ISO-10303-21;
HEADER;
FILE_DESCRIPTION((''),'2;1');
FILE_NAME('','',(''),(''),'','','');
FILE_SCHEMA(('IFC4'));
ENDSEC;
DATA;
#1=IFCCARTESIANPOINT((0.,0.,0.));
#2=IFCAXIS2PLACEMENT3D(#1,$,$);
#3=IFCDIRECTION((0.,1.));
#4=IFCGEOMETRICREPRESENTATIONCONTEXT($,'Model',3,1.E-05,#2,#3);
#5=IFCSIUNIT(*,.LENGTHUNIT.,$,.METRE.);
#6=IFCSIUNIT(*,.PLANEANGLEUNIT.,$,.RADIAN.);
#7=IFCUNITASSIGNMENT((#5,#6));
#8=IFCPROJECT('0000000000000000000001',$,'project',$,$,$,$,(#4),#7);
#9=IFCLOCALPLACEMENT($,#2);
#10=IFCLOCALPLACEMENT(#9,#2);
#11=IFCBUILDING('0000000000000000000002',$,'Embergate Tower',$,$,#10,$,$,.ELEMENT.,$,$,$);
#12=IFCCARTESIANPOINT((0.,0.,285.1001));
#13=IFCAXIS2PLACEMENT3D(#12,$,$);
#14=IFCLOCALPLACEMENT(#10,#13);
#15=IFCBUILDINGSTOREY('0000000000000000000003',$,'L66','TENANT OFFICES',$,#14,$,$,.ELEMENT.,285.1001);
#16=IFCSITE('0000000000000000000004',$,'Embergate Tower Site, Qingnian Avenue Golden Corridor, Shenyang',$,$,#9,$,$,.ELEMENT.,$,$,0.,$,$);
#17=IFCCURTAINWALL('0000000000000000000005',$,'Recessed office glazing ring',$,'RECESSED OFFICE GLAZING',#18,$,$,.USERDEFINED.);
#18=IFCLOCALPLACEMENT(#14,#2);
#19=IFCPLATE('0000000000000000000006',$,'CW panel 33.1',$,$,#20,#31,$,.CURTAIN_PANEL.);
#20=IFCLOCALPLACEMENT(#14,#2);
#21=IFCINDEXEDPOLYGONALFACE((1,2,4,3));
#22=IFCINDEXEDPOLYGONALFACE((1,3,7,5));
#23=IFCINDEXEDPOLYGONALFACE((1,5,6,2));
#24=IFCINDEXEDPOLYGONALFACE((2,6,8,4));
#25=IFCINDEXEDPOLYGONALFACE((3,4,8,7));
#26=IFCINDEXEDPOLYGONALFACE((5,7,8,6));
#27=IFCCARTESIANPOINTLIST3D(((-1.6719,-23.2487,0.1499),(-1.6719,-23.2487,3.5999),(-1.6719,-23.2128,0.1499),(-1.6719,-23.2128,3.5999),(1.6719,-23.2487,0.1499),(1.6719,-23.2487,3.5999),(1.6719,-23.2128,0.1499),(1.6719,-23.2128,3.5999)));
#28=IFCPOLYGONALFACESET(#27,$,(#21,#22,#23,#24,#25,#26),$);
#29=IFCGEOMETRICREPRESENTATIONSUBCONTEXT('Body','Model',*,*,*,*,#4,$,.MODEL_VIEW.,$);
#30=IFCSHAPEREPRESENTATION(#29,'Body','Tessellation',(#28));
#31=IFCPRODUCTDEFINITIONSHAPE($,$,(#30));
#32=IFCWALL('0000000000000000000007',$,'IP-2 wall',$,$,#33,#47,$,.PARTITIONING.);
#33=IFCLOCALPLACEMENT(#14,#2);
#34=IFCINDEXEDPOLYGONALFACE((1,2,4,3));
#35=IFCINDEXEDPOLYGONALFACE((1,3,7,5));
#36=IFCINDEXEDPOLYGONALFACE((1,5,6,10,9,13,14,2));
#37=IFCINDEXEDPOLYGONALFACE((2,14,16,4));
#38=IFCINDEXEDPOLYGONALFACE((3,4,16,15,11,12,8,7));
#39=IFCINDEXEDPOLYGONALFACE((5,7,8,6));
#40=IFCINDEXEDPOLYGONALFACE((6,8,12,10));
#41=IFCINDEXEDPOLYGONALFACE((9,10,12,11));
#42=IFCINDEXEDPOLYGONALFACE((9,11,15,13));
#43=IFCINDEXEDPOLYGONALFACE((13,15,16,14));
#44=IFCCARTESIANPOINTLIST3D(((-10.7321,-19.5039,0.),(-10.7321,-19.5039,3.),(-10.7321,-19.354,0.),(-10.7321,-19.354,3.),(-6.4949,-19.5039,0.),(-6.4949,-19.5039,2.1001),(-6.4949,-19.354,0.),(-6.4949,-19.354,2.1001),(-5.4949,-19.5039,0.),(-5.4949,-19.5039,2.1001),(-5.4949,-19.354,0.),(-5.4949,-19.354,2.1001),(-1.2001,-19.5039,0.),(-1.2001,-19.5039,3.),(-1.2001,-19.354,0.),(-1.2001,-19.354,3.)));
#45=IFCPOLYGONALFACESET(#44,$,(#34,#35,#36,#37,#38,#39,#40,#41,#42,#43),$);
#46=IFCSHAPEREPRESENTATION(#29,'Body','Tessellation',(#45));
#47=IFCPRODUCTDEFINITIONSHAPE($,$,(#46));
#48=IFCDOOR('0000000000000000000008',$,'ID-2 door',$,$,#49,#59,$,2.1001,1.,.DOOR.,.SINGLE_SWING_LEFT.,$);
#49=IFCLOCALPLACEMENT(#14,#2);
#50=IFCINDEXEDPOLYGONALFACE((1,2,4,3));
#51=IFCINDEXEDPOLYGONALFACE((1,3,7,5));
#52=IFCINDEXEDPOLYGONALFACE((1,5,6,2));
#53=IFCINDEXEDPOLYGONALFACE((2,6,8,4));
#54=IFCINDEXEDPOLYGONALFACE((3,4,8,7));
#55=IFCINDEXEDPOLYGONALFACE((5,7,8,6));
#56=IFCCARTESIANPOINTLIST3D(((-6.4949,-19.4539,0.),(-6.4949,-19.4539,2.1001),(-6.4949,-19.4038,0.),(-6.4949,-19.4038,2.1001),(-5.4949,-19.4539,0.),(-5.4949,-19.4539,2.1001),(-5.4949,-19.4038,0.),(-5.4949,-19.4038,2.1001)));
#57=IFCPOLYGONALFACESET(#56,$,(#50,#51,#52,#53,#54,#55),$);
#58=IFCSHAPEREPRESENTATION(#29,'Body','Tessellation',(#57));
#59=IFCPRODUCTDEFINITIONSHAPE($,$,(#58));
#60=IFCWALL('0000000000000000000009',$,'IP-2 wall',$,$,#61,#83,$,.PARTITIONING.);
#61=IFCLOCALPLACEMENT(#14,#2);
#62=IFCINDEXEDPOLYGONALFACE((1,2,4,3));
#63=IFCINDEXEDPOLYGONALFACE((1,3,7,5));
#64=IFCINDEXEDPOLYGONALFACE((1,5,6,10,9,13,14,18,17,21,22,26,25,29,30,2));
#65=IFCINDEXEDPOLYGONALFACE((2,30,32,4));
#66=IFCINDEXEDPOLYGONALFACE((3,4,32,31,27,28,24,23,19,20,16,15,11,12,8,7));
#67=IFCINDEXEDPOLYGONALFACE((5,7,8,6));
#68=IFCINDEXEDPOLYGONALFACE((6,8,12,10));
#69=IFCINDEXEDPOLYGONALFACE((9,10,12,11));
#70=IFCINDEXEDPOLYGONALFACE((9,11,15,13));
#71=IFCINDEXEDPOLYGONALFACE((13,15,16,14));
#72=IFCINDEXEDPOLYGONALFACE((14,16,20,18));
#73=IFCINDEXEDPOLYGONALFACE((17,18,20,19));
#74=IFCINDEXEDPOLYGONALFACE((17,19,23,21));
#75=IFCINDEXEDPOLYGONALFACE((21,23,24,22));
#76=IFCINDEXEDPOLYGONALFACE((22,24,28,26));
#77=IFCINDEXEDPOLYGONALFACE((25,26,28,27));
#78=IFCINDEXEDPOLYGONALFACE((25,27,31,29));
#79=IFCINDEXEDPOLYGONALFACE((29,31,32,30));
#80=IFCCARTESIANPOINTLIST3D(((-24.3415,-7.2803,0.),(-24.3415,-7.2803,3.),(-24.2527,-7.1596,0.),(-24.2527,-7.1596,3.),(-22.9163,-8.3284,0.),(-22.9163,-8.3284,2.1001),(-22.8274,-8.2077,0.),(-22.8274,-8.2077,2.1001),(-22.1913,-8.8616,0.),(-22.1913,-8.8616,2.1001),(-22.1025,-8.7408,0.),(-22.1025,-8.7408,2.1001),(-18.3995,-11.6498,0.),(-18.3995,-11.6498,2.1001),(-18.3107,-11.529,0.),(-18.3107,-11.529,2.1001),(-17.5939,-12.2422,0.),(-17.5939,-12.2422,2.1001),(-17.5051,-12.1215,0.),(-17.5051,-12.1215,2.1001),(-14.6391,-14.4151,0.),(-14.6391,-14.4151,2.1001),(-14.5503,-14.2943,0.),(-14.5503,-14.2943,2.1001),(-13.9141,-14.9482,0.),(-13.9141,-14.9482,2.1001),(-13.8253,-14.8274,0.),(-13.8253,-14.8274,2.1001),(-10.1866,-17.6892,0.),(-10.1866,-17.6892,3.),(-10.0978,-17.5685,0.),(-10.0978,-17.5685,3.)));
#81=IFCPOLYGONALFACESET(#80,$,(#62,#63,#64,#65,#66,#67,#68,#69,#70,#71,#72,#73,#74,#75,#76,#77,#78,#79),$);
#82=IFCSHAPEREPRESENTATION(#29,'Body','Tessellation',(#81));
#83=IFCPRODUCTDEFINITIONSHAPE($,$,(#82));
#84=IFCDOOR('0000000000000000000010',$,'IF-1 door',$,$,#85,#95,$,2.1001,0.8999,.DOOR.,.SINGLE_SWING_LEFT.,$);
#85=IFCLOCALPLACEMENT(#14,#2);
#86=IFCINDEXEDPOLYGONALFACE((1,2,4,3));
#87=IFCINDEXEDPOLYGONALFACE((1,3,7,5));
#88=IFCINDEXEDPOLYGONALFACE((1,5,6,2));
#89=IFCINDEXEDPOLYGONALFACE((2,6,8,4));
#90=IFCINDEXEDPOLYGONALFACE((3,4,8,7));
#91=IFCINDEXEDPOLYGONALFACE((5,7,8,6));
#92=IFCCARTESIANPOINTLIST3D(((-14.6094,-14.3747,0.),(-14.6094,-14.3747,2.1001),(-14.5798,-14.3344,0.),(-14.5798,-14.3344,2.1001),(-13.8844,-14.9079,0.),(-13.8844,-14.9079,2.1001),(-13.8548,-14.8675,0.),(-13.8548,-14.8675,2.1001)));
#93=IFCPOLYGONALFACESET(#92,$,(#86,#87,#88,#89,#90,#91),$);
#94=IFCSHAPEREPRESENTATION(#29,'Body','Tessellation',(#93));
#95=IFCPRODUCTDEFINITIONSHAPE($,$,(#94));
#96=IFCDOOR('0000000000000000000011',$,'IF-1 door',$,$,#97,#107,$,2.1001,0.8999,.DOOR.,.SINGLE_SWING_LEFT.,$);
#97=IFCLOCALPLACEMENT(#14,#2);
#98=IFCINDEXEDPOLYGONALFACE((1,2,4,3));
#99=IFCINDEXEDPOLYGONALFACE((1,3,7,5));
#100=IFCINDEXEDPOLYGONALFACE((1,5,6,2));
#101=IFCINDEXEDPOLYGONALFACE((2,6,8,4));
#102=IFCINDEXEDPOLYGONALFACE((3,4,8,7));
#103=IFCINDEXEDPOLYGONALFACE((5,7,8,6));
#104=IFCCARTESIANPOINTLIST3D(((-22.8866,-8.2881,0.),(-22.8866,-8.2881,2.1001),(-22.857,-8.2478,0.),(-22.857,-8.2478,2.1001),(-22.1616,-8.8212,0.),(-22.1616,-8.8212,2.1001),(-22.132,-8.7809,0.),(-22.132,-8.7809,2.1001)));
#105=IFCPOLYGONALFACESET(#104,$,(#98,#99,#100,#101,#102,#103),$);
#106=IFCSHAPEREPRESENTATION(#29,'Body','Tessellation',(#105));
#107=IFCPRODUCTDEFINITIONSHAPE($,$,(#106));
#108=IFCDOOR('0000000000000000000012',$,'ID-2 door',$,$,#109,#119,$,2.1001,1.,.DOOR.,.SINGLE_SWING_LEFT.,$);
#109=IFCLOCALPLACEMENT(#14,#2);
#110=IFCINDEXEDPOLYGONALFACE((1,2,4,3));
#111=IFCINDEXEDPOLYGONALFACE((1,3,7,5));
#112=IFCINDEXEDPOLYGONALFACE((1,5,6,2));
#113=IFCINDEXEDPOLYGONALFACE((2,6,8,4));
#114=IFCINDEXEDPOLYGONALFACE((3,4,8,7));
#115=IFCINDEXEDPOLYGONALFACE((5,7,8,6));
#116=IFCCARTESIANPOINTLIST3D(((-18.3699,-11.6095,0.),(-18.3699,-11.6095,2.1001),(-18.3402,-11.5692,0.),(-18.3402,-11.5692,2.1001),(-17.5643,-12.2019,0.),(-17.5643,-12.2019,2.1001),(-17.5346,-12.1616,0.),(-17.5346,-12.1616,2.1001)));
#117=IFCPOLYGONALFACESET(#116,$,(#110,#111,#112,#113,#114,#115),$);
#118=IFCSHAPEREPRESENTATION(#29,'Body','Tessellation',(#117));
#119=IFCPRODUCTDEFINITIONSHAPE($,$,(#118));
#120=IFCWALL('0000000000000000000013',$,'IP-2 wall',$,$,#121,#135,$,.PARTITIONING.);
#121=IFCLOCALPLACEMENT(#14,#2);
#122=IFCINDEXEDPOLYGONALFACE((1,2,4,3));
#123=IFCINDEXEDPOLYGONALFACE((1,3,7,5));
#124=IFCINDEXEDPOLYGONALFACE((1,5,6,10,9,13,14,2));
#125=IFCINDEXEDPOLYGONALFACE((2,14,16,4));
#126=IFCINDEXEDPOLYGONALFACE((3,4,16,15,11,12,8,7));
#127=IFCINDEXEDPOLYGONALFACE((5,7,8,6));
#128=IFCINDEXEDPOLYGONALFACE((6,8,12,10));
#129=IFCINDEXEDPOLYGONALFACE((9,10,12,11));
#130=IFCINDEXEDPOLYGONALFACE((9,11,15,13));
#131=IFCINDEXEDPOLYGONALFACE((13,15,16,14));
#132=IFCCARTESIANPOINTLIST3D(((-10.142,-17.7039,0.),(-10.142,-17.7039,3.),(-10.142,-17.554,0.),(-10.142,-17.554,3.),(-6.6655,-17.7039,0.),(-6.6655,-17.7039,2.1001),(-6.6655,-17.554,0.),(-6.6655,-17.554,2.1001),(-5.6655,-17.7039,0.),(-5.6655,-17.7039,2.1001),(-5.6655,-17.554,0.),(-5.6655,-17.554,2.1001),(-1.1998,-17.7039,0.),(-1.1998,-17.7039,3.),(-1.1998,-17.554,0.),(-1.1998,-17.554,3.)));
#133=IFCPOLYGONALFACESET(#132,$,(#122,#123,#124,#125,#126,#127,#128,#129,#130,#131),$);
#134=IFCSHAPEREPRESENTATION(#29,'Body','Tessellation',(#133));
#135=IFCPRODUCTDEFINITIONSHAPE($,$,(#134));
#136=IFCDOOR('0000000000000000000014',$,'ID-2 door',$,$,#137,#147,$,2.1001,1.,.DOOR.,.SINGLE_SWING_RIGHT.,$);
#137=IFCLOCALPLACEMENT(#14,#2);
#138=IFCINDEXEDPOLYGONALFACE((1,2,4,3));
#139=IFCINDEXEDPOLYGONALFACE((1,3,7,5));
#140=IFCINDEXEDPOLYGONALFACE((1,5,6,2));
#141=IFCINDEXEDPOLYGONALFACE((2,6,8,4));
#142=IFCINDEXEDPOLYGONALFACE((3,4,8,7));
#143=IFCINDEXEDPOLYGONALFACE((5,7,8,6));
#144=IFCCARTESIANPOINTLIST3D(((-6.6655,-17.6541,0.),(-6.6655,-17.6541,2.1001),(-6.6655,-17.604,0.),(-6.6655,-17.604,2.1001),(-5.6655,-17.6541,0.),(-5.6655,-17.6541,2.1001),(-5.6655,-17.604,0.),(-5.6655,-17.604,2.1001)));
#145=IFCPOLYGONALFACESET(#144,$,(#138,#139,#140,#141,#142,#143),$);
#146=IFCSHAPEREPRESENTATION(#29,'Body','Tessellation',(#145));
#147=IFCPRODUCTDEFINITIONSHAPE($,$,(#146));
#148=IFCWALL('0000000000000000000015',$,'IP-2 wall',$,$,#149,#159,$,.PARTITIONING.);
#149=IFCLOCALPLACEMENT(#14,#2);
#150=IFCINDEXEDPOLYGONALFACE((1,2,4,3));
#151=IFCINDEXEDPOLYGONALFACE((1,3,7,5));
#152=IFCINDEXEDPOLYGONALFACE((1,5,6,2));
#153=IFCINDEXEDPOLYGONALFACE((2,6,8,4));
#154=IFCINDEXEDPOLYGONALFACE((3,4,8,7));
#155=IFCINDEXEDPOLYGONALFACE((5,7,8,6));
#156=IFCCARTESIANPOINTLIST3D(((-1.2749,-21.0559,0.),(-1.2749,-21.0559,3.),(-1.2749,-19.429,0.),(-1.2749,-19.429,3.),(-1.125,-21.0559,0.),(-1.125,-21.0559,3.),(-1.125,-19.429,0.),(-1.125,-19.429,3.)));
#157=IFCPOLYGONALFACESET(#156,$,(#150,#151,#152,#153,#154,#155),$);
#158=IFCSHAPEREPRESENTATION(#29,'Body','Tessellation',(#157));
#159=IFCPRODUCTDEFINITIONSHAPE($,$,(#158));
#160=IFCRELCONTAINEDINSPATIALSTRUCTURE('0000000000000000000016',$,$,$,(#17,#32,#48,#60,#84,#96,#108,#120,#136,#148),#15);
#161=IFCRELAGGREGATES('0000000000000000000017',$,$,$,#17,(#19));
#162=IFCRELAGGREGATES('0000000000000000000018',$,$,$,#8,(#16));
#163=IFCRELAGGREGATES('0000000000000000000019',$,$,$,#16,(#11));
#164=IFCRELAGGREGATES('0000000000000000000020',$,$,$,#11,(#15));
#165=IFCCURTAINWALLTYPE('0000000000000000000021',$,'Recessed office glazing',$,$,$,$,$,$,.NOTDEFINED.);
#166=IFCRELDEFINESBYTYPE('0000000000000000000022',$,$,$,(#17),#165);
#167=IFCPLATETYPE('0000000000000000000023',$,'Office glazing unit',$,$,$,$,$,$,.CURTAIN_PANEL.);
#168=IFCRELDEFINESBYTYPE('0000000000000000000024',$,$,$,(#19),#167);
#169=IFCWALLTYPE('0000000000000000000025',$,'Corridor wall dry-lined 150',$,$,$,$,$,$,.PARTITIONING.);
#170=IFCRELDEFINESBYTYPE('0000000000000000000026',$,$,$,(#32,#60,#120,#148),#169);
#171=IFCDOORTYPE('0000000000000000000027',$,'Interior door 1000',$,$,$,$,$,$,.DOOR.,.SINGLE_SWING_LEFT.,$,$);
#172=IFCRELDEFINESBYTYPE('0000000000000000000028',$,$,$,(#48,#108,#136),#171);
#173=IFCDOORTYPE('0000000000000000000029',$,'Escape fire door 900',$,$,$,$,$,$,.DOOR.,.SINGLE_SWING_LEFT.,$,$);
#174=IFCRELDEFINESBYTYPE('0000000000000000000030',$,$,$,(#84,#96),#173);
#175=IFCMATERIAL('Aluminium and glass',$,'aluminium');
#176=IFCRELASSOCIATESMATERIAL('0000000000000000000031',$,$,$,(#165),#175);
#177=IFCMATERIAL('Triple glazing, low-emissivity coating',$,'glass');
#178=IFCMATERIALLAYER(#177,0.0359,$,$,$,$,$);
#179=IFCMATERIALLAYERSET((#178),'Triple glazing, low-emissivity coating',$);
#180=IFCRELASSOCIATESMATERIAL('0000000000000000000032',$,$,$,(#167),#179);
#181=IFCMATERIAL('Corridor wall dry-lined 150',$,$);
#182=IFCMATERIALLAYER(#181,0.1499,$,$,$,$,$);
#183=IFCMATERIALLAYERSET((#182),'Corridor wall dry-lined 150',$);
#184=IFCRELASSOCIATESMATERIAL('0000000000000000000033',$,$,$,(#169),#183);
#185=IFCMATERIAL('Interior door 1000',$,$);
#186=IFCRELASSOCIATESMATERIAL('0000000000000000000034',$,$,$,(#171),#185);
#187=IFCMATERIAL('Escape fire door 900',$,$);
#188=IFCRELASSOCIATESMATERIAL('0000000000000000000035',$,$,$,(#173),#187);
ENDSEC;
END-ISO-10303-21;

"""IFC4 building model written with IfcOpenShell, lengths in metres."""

from ifc_helpers import new_model, si_unit, direction, frame, frame_2d, origin, origin_2d, place, context, subcontext, project, spatial, rectangle, extrude, source, transform, mapped, material, layer, layer_set, type_object, element, fill, aggregate, save


model = new_model("IFC4")

# Units and contexts
model_context = context("Model", 3, precision=1e-05, world=origin(), true_north=direction((0.0, 1.0)))
body_context = subcontext(model_context, "Body", "Model", "MODEL_VIEW")
ifc_project = project(units=[si_unit("LENGTHUNIT", "METRE"), si_unit("PLANEANGLEUNIT", "RADIAN")], contexts=[model_context])

# Site, building, storey
site_placement = place(None, origin())
site = spatial("IfcSite", under=ifc_project, at=site_placement, Name="Embergate Tower Site, Qingnian Avenue Golden Corridor, Shenyang", CompositionType="ELEMENT", RefElevation=0.0)
building_placement = place(site_placement, origin())
building = spatial("IfcBuilding", under=site, at=building_placement, Name="Embergate Tower", CompositionType="ELEMENT")
storey_placement = place(building_placement, frame((0.0, 0.0, 285.1001)))
storey = spatial("IfcBuildingStorey", under=building, at=storey_placement, Name="L66", Description="TENANT OFFICES", CompositionType="ELEMENT", Elevation=285.1001)

# Curtain wall
ifc_material_1 = material(Name="Aluminium and glass", Category="aluminium")
curtain_wall_type = type_object("IfcCurtainWallType", Name="Recessed office glazing", PredefinedType="NOTDEFINED", material=ifc_material_1)
curtain_wall_placement = place(storey_placement, origin())
curtain_wall = element("IfcCurtainWall", 1, at=curtain_wall_placement, inside=storey, type_object=curtain_wall_type, Name="Recessed office glazing ring", ObjectType="RECESSED OFFICE GLAZING", PredefinedType="USERDEFINED")

# Plate
ifc_material_2 = material(Name="Triple glazing, low-emissivity coating", Category="glass")
ifc_layer_1 = layer(ifc_material_2, 0.0359)
ifc_layer_set_1 = layer_set([ifc_layer_1], Name="Triple glazing, low-emissivity coating")
plate_type = type_object("IfcPlateType", Name="Office glazing unit", PredefinedType="CURTAIN_PANEL", material=ifc_layer_set_1)
shared_shape_1 = source(origin(), body_context, "Body", "SweptSolid", [
    extrude(rectangle(XDim=3.3438, YDim=0.0359, at=origin_2d()), origin(), (0.0, 0.0, 1.0), 3.45),
])
plate_1_placement = place(storey_placement, frame((0.0, -23.2307, 0.1499), z_axis=(0.0, 0.0, 1.0), x_axis=(1.0, 0.0, 0.0)))
plate_1 = element("IfcPlate", 2, at=plate_1_placement, type_object=plate_type, Name="CW panel 33.1", PredefinedType="CURTAIN_PANEL", context=body_context, shape_type="MappedRepresentation", body=[
    mapped(shared_shape_1, transform((0.0, 0.0, 0.0))),
])
aggregate(curtain_wall, [plate_1])

# Wall, opening, door
ifc_material_3 = material(Name="Corridor wall dry-lined 150")
ifc_layer_2 = layer(ifc_material_3, 0.1499)
ifc_layer_set_2 = layer_set([ifc_layer_2], Name="Corridor wall dry-lined 150")
wall_type_1 = type_object("IfcWallType", Name="Corridor wall dry-lined 150", PredefinedType="PARTITIONING", material=ifc_layer_set_2)
shared_shape_2 = source(origin(), body_context, "Body", "SweptSolid", [
    extrude(rectangle(XDim=9.532, YDim=0.1499, at=frame_2d((4.7661, 0.0))), origin(), (0.0, 0.0, 1.0), 3.0),
])
wall_1_placement = place(storey_placement, frame((-1.2, -19.429, 0.0), z_axis=(0.0, 0.0, 1.0), x_axis=(-1.0, 0.0, 0.0)))
wall_1 = element("IfcWall", 3, at=wall_1_placement, inside=storey, type_object=wall_type_1, Name="IP-2 wall", PredefinedType="PARTITIONING", context=body_context, shape_type="MappedRepresentation", body=[
    mapped(shared_shape_2, transform((0.0, 0.0, 0.0))),
])
shared_shape_3 = source(origin(), body_context, "Body", "SweptSolid", [
    extrude(rectangle(XDim=1.0, YDim=2.1001, at=frame_2d((0.5, 1.05))), frame((0.0, 0.085, 0.0), z_axis=(0.0, -1.0, 0.0), x_axis=(1.0, 0.0, 0.0)), (0.0, 0.0, 1.0), 0.1699),
])
opening_1_placement = place(wall_1_placement, frame((4.2949, 0.0, 0.0)))
opening_1 = element("IfcOpeningElement", 4, at=opening_1_placement, cuts=wall_1, PredefinedType="OPENING", context=body_context, shape_type="MappedRepresentation", body=[
    mapped(shared_shape_3, transform((0.0, 0.0, 0.0))),
])
ifc_material_4 = material(Name="Interior door 1000")
door_type_1 = type_object("IfcDoorType", Name="Interior door 1000", OperationType="SINGLE_SWING_LEFT", PredefinedType="DOOR", material=ifc_material_4)
shared_shape_4 = source(origin(), body_context, "Body", "SweptSolid", [
    extrude(rectangle(XDim=1.0, YDim=2.1001, at=frame_2d((0.5, 1.05))), frame((0.0, 0.0249, 0.0), z_axis=(0.0, -1.0, 0.0), x_axis=(1.0, 0.0, 0.0)), (0.0, 0.0, 1.0), 0.05),
])
door_1_placement = place(opening_1_placement, origin())
door_1 = element("IfcDoor", 5, at=door_1_placement, inside=storey, type_object=door_type_1, Name="ID-2 door", OperationType="SINGLE_SWING_LEFT", OverallHeight=2.1001, OverallWidth=1.0, PredefinedType="DOOR", context=body_context, shape_type="MappedRepresentation", body=[
    mapped(shared_shape_4, transform((0.0, 0.0, 0.0))),
])
fill(opening_1, door_1)

# Wall, openings, doors
shared_shape_5 = source(origin(), body_context, "Body", "SweptSolid", [
    extrude(rectangle(XDim=17.5701, YDim=0.1499, at=frame_2d((8.7852, 0.0))), origin(), (0.0, 0.0, 1.0), 3.0),
])
wall_2_placement = place(storey_placement, frame((-10.1421, -17.6289, 0.0), z_axis=(0.0, 0.0, 1.0), x_axis=(-0.805629, 0.592421, 0.0)))
wall_2 = element("IfcWall", 6, at=wall_2_placement, inside=storey, type_object=wall_type_1, Name="IP-2 wall", PredefinedType="PARTITIONING", context=body_context, shape_type="MappedRepresentation", body=[
    mapped(shared_shape_5, transform((0.0, 0.0, 0.0))),
])
opening_2_placement = place(wall_2_placement, frame((9.1946, 0.0, 0.0)))
opening_2 = element("IfcOpeningElement", 7, at=opening_2_placement, cuts=wall_2, PredefinedType="OPENING", context=body_context, shape_type="MappedRepresentation", body=[
    mapped(shared_shape_3, transform((0.0, 0.0, 0.0))),
])
shared_shape_6 = source(origin(), body_context, "Body", "SweptSolid", [
    extrude(rectangle(XDim=0.8999, YDim=2.1001, at=frame_2d((0.45, 1.05))), frame((0.0, 0.085, 0.0), z_axis=(0.0, -1.0, 0.0), x_axis=(1.0, 0.0, 0.0)), (0.0, 0.0, 1.0), 0.1699),
])
opening_3_placement = place(wall_2_placement, frame((4.627, 0.0, 0.0)))
opening_3 = element("IfcOpeningElement", 8, at=opening_3_placement, cuts=wall_2, PredefinedType="OPENING", context=body_context, shape_type="MappedRepresentation", body=[
    mapped(shared_shape_6, transform((0.0, 0.0, 0.0))),
])
opening_4_placement = place(wall_2_placement, frame((14.9011, 0.0, 0.0)))
opening_4 = element("IfcOpeningElement", 9, at=opening_4_placement, cuts=wall_2, PredefinedType="OPENING", context=body_context, shape_type="MappedRepresentation", body=[
    mapped(shared_shape_6, transform((0.0, 0.0, 0.0))),
])
ifc_material_5 = material(Name="Escape fire door 900")
door_type_2 = type_object("IfcDoorType", Name="Escape fire door 900", OperationType="SINGLE_SWING_LEFT", PredefinedType="DOOR", material=ifc_material_5)
shared_shape_7 = source(origin(), body_context, "Body", "SweptSolid", [
    extrude(rectangle(XDim=0.8999, YDim=2.1001, at=frame_2d((0.45, 1.05))), frame((0.0, 0.0249, 0.0), z_axis=(0.0, -1.0, 0.0), x_axis=(1.0, 0.0, 0.0)), (0.0, 0.0, 1.0), 0.05),
])
door_2_placement = place(opening_3_placement, origin())
door_2 = element("IfcDoor", 10, at=door_2_placement, inside=storey, type_object=door_type_2, Name="IF-1 door", OperationType="SINGLE_SWING_LEFT", OverallHeight=2.1001, OverallWidth=0.8999, PredefinedType="DOOR", context=body_context, shape_type="MappedRepresentation", body=[
    mapped(shared_shape_7, transform((0.0, 0.0, 0.0))),
])
fill(opening_3, door_2)
door_3_placement = place(opening_4_placement, origin())
door_3 = element("IfcDoor", 11, at=door_3_placement, inside=storey, type_object=door_type_2, Name="IF-1 door", OperationType="SINGLE_SWING_LEFT", OverallHeight=2.1001, OverallWidth=0.8999, PredefinedType="DOOR", context=body_context, shape_type="MappedRepresentation", body=[
    mapped(shared_shape_7, transform((0.0, 0.0, 0.0))),
])
fill(opening_4, door_3)
door_4_placement = place(opening_2_placement, origin())
door_4 = element("IfcDoor", 12, at=door_4_placement, inside=storey, type_object=door_type_1, Name="ID-2 door", OperationType="SINGLE_SWING_LEFT", OverallHeight=2.1001, OverallWidth=1.0, PredefinedType="DOOR", context=body_context, shape_type="MappedRepresentation", body=[
    mapped(shared_shape_4, transform((0.0, 0.0, 0.0))),
])
fill(opening_2, door_4)

# Wall, opening, door
shared_shape_8 = source(origin(), body_context, "Body", "SweptSolid", [
    extrude(rectangle(XDim=8.9421, YDim=0.1499, at=frame_2d((4.4712, 0.0))), origin(), (0.0, 0.0, 1.0), 3.0),
])
wall_3_placement = place(storey_placement, frame((-10.1421, -17.6289, 0.0), z_axis=(0.0, 0.0, 1.0), x_axis=(1.0, 0.0, 0.0)))
wall_3 = element("IfcWall", 13, at=wall_3_placement, inside=storey, type_object=wall_type_1, Name="IP-2 wall", PredefinedType="PARTITIONING", context=body_context, shape_type="MappedRepresentation", body=[
    mapped(shared_shape_8, transform((0.0, 0.0, 0.0))),
])
opening_5_placement = place(wall_3_placement, frame((3.4766, 0.0, 0.0)))
opening_5 = element("IfcOpeningElement", 14, at=opening_5_placement, cuts=wall_3, PredefinedType="OPENING", context=body_context, shape_type="MappedRepresentation", body=[
    mapped(shared_shape_3, transform((0.0, 0.0, 0.0))),
])
door_5_placement = place(opening_5_placement, origin())
door_5 = element("IfcDoor", 15, at=door_5_placement, inside=storey, type_object=door_type_1, Name="ID-2 door", OperationType="SINGLE_SWING_RIGHT", OverallHeight=2.1001, OverallWidth=1.0, PredefinedType="DOOR", context=body_context, shape_type="MappedRepresentation", body=[
    mapped(shared_shape_4, transform((0.0, 0.0, 0.0))),
])
fill(opening_5, door_5)

# Wall
shared_shape_9 = source(origin(), body_context, "Body", "SweptSolid", [
    extrude(rectangle(XDim=1.627, YDim=0.1499, at=frame_2d((0.8135, 0.0))), origin(), (0.0, 0.0, 1.0), 3.0),
])
wall_4_placement = place(storey_placement, frame((-1.2, -21.0559, 0.0), z_axis=(0.0, 0.0, 1.0), x_axis=(0.0, 1.0, 0.0)))
element("IfcWall", 16, at=wall_4_placement, inside=storey, type_object=wall_type_1, Name="IP-2 wall", PredefinedType="PARTITIONING", context=body_context, shape_type="MappedRepresentation", body=[
    mapped(shared_shape_9, transform((0.0, 0.0, 0.0))),
])

save(model, "model.ifc")
